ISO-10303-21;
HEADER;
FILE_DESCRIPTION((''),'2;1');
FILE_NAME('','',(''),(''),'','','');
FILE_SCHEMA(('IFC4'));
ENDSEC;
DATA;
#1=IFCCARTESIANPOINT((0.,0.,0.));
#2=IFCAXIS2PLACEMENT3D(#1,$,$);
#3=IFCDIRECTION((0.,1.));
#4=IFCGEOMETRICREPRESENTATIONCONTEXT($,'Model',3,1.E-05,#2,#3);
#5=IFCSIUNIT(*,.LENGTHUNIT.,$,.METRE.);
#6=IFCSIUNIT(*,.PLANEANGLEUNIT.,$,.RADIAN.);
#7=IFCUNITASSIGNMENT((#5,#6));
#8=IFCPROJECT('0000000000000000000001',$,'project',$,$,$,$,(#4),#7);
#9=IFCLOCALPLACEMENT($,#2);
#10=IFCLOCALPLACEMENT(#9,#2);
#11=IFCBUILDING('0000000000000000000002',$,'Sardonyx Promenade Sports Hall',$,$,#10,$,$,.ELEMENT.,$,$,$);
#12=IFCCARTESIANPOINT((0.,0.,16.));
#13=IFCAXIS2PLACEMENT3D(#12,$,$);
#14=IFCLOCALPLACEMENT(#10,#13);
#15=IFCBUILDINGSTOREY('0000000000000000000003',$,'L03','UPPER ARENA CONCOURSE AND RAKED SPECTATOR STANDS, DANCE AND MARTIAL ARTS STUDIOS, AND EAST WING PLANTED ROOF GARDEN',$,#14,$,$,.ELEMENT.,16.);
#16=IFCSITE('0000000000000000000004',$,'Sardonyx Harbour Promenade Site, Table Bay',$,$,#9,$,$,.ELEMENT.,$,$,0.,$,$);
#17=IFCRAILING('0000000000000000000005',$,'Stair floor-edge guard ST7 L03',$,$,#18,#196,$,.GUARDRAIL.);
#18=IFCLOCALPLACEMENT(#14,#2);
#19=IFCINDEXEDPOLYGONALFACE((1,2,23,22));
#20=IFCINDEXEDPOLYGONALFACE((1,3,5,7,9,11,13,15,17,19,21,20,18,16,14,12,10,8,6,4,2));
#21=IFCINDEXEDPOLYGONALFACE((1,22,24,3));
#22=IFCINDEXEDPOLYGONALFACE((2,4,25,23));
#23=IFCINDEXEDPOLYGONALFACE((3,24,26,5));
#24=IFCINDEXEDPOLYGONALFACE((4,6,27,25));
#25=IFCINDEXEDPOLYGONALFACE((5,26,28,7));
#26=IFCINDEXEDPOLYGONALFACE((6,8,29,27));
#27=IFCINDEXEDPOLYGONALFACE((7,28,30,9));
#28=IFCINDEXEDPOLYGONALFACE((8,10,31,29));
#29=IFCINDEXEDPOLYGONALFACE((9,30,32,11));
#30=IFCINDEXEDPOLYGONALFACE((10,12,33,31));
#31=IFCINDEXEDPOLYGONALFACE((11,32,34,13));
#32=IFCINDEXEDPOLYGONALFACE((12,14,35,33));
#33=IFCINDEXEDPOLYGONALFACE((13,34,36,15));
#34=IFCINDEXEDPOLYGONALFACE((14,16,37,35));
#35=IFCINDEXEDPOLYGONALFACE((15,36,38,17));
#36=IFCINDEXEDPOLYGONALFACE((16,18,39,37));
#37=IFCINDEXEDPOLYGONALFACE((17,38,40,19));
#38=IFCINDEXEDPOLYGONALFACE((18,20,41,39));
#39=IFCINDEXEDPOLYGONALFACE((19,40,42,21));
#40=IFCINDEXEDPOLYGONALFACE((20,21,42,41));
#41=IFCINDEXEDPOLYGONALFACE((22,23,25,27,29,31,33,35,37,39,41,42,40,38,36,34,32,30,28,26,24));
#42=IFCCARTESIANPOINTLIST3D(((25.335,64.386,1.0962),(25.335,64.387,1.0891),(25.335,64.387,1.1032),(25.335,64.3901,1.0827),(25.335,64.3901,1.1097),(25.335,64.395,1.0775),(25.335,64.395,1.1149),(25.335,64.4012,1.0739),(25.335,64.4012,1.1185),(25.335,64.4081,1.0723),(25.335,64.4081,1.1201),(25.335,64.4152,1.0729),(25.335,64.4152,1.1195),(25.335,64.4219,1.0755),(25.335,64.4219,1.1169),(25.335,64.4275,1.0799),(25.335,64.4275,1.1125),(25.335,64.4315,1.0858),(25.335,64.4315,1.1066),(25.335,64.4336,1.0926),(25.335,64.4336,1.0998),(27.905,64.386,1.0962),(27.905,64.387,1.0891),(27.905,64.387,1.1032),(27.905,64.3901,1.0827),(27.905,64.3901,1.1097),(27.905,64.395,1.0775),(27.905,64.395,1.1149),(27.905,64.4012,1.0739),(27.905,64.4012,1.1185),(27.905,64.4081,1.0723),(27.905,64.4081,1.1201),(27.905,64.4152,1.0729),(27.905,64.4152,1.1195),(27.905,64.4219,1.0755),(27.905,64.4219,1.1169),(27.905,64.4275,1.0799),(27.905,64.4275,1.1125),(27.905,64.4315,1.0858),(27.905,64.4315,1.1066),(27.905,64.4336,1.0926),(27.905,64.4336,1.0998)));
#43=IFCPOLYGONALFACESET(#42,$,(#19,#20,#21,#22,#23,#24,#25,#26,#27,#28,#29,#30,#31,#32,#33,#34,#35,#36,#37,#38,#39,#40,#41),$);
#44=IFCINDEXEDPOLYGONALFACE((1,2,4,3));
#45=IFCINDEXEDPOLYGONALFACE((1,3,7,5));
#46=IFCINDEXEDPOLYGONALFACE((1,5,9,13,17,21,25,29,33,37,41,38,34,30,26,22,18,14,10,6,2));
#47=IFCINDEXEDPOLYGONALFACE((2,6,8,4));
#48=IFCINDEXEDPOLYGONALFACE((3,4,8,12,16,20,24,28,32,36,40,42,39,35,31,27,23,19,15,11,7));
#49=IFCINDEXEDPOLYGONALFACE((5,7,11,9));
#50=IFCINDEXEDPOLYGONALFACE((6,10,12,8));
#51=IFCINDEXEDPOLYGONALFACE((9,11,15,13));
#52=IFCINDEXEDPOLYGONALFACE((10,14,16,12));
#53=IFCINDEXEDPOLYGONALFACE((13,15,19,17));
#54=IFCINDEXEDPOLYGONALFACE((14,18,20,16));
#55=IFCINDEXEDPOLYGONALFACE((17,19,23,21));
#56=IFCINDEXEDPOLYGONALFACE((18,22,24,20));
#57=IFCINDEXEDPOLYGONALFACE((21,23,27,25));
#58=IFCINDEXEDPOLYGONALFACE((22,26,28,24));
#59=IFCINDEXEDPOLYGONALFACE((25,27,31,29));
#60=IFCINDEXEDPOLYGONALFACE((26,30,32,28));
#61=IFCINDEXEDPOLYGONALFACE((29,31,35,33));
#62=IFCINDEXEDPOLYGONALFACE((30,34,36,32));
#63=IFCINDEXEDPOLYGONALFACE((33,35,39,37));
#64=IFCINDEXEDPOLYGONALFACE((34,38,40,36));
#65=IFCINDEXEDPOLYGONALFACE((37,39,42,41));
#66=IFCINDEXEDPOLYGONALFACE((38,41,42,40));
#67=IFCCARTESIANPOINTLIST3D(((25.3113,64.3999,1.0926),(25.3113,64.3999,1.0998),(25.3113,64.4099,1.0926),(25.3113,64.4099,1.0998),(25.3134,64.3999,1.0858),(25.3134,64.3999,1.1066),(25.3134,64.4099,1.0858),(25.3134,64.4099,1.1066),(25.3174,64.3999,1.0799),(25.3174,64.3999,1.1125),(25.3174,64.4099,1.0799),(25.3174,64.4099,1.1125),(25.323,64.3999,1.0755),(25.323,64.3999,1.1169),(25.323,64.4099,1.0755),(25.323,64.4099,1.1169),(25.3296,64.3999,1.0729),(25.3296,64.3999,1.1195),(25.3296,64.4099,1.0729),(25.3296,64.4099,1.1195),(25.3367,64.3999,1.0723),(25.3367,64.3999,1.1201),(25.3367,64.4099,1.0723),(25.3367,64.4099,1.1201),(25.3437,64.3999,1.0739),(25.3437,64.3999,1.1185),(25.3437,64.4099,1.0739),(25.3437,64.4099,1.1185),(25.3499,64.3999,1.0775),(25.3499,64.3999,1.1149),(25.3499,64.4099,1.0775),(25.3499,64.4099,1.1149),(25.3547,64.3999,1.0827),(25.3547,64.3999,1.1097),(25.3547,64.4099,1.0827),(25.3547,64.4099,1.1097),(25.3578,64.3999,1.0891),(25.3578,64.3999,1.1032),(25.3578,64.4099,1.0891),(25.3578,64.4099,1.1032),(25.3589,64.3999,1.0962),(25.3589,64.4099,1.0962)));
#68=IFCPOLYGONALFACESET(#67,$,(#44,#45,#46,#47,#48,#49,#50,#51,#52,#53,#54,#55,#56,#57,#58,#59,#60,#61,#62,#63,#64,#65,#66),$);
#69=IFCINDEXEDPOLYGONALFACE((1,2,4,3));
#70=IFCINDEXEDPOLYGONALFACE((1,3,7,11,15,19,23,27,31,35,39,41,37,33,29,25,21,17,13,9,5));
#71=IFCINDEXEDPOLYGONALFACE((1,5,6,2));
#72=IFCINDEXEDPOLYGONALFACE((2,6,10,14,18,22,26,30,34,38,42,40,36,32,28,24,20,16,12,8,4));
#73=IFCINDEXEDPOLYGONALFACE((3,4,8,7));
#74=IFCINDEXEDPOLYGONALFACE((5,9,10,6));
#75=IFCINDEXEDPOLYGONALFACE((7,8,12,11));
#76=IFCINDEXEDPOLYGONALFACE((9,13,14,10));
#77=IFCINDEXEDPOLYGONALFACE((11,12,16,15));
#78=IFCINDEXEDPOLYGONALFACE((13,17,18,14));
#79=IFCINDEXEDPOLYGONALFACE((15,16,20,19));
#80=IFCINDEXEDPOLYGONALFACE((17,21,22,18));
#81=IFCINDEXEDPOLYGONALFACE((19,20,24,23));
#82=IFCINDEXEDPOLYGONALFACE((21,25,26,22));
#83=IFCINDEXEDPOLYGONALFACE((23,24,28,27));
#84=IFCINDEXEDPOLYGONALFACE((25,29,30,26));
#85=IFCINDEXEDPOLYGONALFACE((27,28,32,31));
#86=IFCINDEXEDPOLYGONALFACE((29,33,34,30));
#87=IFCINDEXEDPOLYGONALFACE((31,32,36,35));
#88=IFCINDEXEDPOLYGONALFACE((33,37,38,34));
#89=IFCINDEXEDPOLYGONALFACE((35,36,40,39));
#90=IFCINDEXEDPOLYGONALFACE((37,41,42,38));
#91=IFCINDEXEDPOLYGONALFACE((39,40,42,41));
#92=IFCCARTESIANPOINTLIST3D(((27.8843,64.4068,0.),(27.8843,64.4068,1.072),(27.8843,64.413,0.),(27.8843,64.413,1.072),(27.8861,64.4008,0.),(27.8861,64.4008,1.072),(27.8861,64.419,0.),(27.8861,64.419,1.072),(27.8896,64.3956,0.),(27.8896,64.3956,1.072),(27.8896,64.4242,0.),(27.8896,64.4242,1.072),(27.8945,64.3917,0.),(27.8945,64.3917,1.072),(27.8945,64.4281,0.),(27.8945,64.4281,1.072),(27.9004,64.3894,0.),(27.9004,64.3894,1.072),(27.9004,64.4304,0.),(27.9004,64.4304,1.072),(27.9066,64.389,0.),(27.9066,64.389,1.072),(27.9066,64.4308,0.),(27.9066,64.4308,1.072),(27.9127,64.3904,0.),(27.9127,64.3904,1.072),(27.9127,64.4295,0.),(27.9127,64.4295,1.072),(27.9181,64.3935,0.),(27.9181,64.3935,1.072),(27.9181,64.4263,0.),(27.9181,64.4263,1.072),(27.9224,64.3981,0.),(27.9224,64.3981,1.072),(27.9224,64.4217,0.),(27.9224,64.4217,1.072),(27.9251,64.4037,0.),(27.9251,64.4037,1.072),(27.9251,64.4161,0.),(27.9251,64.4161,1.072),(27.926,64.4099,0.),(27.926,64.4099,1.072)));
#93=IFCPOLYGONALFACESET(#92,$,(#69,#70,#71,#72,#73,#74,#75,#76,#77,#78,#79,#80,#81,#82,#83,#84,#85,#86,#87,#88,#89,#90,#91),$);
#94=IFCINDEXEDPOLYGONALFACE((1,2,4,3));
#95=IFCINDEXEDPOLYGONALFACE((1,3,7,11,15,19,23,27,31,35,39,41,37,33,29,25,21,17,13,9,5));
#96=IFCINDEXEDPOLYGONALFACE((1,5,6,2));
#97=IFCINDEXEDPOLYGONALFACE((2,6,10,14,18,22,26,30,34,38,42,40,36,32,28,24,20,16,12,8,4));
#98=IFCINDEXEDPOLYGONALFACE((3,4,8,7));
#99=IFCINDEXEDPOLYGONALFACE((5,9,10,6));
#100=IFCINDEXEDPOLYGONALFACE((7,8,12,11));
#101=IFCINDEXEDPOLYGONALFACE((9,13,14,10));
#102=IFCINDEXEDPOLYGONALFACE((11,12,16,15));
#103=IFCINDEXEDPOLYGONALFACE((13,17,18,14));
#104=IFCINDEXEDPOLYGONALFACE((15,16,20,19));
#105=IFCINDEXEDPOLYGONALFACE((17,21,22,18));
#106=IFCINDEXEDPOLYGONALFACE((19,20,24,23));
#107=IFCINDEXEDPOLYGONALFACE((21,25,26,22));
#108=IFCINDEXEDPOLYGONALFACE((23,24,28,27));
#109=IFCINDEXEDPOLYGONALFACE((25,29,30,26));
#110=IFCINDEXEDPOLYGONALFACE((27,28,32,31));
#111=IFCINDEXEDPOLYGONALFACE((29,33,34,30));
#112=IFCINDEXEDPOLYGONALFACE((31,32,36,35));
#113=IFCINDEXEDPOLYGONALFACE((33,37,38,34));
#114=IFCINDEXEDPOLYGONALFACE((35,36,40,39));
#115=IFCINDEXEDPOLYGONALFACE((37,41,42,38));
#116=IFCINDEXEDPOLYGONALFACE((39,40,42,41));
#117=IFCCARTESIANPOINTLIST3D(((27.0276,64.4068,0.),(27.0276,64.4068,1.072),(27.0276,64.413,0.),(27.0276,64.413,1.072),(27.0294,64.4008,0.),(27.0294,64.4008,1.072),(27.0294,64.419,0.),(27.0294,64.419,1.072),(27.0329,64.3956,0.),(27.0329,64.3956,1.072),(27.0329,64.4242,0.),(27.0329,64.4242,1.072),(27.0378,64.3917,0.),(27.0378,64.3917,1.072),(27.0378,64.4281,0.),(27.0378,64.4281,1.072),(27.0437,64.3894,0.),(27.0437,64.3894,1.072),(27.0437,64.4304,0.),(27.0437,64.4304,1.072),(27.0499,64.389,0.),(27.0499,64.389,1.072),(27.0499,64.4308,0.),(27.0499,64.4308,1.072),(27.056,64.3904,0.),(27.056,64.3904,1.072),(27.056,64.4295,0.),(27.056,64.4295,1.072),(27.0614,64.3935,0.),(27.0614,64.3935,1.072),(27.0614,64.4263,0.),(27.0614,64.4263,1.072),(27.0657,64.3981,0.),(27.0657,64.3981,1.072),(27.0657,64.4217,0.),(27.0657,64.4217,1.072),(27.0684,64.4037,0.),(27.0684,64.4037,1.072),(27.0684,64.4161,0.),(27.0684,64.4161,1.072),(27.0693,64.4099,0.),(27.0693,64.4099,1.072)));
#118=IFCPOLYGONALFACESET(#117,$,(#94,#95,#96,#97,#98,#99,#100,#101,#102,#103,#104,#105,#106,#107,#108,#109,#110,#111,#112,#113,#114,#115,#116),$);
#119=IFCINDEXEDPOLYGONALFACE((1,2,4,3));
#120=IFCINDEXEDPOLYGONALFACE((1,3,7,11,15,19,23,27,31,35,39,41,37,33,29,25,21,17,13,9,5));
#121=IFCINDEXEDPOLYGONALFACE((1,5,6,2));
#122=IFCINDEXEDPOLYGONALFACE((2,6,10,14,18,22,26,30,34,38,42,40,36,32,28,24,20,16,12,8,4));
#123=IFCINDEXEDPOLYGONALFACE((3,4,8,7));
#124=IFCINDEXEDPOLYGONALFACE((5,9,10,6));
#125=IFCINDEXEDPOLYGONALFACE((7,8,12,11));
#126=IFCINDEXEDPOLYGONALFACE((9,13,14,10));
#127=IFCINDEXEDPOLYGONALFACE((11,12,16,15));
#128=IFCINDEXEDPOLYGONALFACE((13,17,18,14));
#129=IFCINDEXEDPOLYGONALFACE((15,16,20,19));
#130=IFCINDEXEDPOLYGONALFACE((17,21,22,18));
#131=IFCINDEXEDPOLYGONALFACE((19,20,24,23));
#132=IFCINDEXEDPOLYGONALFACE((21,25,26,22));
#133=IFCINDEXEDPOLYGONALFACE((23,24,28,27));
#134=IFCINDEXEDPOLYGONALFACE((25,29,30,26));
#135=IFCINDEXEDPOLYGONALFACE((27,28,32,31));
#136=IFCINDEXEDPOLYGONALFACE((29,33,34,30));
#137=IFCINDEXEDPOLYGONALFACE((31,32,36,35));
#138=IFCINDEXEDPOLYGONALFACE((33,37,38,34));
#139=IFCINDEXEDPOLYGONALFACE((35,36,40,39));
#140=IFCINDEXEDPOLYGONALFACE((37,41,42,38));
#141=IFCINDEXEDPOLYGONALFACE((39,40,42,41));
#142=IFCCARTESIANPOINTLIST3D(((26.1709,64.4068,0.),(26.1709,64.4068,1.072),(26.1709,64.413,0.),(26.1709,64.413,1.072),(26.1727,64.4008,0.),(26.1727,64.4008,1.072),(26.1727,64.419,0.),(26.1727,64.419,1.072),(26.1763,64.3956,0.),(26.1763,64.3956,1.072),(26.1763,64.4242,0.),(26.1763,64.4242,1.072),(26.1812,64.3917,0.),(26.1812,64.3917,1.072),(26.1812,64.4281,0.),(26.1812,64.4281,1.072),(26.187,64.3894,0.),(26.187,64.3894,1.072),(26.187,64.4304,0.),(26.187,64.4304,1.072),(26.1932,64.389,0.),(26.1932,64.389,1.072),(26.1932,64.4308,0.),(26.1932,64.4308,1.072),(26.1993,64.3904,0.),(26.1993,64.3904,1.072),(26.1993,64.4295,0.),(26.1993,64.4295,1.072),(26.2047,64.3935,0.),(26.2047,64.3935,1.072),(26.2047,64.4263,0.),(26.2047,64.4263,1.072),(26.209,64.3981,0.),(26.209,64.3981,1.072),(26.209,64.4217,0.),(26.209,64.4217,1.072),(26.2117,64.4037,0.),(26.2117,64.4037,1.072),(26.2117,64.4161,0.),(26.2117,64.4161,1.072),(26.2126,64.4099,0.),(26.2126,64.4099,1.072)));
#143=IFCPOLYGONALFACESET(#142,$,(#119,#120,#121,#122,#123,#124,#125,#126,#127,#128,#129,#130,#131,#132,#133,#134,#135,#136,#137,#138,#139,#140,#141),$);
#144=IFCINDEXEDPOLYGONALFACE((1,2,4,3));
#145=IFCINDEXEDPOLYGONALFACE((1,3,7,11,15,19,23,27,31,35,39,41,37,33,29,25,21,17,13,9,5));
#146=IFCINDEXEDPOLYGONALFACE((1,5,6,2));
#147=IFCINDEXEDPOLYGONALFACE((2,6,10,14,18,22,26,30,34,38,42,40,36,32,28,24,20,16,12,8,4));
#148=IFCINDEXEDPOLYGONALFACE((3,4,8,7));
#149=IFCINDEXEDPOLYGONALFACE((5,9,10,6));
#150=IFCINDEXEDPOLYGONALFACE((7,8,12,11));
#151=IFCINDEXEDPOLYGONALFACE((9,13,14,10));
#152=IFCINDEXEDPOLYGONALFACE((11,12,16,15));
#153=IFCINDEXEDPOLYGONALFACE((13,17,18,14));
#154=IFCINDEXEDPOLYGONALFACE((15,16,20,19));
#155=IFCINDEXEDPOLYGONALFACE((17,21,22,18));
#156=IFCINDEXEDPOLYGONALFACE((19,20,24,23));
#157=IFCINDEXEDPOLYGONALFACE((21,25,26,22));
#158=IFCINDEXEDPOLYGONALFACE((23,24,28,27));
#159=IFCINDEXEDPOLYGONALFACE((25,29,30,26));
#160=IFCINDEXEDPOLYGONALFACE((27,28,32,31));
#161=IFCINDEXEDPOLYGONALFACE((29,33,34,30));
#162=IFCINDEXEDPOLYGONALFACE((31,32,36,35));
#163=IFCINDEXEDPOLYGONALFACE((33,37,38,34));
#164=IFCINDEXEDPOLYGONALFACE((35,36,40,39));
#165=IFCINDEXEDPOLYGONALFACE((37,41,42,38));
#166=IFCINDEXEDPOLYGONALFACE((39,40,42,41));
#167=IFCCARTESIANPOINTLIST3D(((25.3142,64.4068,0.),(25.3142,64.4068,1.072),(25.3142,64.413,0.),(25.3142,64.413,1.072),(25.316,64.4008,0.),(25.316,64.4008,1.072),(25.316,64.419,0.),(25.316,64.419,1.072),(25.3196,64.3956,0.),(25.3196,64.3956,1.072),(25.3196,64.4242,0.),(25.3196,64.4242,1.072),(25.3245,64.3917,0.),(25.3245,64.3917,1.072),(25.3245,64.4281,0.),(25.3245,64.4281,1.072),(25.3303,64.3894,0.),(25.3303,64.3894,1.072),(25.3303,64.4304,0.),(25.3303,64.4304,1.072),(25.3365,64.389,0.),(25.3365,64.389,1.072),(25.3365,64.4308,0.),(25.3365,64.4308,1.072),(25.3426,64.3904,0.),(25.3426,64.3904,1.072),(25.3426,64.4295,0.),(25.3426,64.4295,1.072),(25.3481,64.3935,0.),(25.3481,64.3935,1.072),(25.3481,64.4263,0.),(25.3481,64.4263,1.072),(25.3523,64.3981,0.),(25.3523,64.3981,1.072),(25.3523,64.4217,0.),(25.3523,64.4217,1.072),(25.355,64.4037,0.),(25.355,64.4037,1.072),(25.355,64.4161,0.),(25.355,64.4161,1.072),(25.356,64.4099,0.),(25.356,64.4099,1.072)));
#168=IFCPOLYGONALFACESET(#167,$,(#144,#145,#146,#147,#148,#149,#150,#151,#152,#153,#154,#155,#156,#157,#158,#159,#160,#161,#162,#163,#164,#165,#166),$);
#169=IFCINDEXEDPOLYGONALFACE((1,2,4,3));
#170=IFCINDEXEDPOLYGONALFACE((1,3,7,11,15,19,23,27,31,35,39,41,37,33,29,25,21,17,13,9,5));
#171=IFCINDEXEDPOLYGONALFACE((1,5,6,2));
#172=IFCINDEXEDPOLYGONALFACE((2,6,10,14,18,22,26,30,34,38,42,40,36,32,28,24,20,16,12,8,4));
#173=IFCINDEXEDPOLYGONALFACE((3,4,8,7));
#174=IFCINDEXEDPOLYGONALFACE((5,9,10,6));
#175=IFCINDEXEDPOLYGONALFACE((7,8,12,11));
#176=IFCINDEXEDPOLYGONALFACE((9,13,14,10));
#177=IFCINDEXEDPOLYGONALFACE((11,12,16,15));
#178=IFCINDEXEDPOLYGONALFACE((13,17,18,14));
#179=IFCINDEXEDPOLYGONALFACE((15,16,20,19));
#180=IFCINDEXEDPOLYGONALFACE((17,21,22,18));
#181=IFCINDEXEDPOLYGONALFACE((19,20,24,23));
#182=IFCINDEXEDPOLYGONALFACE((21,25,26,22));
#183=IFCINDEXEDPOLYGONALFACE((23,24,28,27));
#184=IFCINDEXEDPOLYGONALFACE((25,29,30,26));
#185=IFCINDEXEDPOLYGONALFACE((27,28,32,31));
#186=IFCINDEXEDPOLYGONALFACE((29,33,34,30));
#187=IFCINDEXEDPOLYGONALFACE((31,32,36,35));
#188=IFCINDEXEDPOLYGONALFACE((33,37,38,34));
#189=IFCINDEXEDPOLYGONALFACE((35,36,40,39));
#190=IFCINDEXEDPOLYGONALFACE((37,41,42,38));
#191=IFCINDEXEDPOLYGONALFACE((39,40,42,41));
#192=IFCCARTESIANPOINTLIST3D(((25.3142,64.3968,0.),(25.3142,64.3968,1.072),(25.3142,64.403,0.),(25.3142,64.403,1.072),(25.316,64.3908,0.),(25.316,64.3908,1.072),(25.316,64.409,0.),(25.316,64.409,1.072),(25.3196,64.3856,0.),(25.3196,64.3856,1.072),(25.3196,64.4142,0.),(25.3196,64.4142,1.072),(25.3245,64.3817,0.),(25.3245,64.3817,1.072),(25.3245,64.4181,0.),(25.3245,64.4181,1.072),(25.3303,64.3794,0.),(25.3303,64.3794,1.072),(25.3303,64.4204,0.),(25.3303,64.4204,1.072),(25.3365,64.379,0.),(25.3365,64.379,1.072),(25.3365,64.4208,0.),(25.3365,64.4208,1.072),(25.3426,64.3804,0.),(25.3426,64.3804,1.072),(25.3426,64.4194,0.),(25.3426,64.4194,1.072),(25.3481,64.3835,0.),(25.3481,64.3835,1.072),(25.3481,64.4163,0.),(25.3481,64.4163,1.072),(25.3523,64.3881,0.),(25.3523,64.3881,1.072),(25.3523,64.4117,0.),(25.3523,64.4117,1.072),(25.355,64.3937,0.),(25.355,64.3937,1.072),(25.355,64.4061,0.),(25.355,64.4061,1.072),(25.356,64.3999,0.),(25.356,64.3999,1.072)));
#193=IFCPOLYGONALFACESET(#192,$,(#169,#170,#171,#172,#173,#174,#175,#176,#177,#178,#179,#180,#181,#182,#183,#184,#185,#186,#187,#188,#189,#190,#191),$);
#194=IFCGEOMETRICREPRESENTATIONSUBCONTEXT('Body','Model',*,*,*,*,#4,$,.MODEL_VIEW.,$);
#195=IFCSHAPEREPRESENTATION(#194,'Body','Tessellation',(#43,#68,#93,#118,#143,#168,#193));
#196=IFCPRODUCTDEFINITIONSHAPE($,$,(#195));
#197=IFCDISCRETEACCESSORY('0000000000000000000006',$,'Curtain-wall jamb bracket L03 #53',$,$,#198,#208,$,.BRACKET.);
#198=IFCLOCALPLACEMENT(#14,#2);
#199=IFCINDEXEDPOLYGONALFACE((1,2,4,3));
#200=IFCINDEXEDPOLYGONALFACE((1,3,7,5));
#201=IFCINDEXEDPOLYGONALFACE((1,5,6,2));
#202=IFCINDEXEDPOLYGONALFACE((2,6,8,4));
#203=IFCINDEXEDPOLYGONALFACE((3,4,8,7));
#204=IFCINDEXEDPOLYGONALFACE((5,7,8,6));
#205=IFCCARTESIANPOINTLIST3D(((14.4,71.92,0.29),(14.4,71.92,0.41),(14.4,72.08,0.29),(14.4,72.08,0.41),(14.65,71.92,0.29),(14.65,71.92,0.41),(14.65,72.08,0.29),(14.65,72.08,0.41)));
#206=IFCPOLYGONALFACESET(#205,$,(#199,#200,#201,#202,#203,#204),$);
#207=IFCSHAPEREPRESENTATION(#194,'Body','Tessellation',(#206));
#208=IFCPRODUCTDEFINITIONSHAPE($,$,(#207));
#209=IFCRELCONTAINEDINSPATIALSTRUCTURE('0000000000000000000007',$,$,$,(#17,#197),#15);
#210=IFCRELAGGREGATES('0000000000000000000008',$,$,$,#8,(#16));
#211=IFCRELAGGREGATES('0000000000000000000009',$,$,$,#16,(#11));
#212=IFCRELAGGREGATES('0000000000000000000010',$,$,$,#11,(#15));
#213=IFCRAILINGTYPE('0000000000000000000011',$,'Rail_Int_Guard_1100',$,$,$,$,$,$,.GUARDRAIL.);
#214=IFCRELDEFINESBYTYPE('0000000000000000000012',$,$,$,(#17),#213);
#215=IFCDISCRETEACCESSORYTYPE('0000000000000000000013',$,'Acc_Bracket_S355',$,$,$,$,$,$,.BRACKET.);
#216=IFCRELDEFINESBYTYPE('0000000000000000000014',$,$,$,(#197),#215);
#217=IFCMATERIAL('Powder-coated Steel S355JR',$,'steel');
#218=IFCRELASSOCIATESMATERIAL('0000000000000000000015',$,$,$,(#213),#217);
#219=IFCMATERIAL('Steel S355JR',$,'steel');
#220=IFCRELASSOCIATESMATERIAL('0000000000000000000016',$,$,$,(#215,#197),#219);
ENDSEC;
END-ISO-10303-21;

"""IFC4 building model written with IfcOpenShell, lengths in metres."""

from ifc_helpers import new_model, si_unit, direction, frame, origin, origin_2d, place, context, subcontext, project, spatial, rectangle, circle, extrude, material, type_object, element, save


model = new_model("IFC4")

# Units and contexts
model_context = context("Model", 3, precision=1e-05, world=origin(), true_north=direction((0.0, 1.0)))
body_context = subcontext(model_context, "Body", "Model", "MODEL_VIEW")
ifc_project = project(units=[si_unit("LENGTHUNIT", "METRE"), si_unit("PLANEANGLEUNIT", "RADIAN")], contexts=[model_context])

# Site, building, storey
site_placement = place(None, origin())
site = spatial("IfcSite", under=ifc_project, at=site_placement, Name="Sardonyx Harbour Promenade Site, Table Bay", CompositionType="ELEMENT", RefElevation=0.0)
building_placement = place(site_placement, origin())
building = spatial("IfcBuilding", under=site, at=building_placement, Name="Sardonyx Promenade Sports Hall", CompositionType="ELEMENT")
storey_placement = place(building_placement, frame((0.0, 0.0, 16.0)))
storey = spatial("IfcBuildingStorey", under=building, at=storey_placement, Name="L03", Description="UPPER ARENA CONCOURSE AND RAKED SPECTATOR STANDS, DANCE AND MARTIAL ARTS STUDIOS, AND EAST WING PLANTED ROOF GARDEN", CompositionType="ELEMENT", Elevation=16.0)

# Railing
ifc_material_1 = material(Name="Powder-coated Steel S355JR", Category="steel")
railing_type = type_object("IfcRailingType", Name="Rail_Int_Guard_1100", PredefinedType="GUARDRAIL", material=ifc_material_1)
railing_placement = place(storey_placement, frame((27.905, 64.4099, 0.0)))
element("IfcRailing", 1, at=railing_placement, inside=storey, type_object=railing_type, Name="Stair floor-edge guard ST7 L03", PredefinedType="GUARDRAIL", context=body_context, shape_type="SweptSolid", body=[
    extrude(circle(Radius=0.0239, at=origin_2d()), frame((0.0, 0.0, 1.0962), z_axis=(-1.0, 0.0, 0.0), x_axis=(0.0, -1.0, 0.0)), (0.0, 0.0, 1.0), 2.5701),
    extrude(circle(Radius=0.0239, at=origin_2d()), frame((-2.5701, 0.0, 1.0962), z_axis=(0.0, -1.0, 0.0), x_axis=(1.0, 0.0, 0.0)), (0.0, 0.0, 1.0), 0.01),
    extrude(circle(Radius=0.021, at=origin_2d()), origin(), (0.0, 0.0, 1.0), 1.072),
    extrude(circle(Radius=0.021, at=origin_2d()), frame((-0.8567, 0.0, 0.0)), (0.0, 0.0, 1.0), 1.072),
    extrude(circle(Radius=0.021, at=origin_2d()), frame((-1.7134, 0.0, 0.0)), (0.0, 0.0, 1.0), 1.072),
    extrude(circle(Radius=0.021, at=origin_2d()), frame((-2.5701, 0.0, 0.0)), (0.0, 0.0, 1.0), 1.072),
    extrude(circle(Radius=0.021, at=origin_2d()), frame((-2.5701, -0.01, 0.0)), (0.0, 0.0, 1.0), 1.072),
])

# Discrete accessory
ifc_material_2 = material(Name="Steel S355JR", Category="steel")
discrete_accessory_type = type_object("IfcDiscreteAccessoryType", Name="Acc_Bracket_S355", PredefinedType="BRACKET", material=ifc_material_2)
for number, where, z_axis, x_axis, name in (
    (2, (14.525, 72.0, 0.29), (0.0, 0.0, 1.0), (1.0, 0.0, 0.0), "Curtain-wall jamb bracket L03 #53"),
):
    element("IfcDiscreteAccessory", number, at=place(storey_placement, frame(where, z_axis=z_axis, x_axis=x_axis)), inside=storey, type_object=discrete_accessory_type, material=ifc_material_2, Name=name, PredefinedType="BRACKET", context=body_context, shape_type="SweptSolid", body=[
        extrude(rectangle(XDim=0.25, YDim=0.16), origin(), (0.0, 0.0, 1.0), 0.12),
    ])

save(model, "model.ifc")
